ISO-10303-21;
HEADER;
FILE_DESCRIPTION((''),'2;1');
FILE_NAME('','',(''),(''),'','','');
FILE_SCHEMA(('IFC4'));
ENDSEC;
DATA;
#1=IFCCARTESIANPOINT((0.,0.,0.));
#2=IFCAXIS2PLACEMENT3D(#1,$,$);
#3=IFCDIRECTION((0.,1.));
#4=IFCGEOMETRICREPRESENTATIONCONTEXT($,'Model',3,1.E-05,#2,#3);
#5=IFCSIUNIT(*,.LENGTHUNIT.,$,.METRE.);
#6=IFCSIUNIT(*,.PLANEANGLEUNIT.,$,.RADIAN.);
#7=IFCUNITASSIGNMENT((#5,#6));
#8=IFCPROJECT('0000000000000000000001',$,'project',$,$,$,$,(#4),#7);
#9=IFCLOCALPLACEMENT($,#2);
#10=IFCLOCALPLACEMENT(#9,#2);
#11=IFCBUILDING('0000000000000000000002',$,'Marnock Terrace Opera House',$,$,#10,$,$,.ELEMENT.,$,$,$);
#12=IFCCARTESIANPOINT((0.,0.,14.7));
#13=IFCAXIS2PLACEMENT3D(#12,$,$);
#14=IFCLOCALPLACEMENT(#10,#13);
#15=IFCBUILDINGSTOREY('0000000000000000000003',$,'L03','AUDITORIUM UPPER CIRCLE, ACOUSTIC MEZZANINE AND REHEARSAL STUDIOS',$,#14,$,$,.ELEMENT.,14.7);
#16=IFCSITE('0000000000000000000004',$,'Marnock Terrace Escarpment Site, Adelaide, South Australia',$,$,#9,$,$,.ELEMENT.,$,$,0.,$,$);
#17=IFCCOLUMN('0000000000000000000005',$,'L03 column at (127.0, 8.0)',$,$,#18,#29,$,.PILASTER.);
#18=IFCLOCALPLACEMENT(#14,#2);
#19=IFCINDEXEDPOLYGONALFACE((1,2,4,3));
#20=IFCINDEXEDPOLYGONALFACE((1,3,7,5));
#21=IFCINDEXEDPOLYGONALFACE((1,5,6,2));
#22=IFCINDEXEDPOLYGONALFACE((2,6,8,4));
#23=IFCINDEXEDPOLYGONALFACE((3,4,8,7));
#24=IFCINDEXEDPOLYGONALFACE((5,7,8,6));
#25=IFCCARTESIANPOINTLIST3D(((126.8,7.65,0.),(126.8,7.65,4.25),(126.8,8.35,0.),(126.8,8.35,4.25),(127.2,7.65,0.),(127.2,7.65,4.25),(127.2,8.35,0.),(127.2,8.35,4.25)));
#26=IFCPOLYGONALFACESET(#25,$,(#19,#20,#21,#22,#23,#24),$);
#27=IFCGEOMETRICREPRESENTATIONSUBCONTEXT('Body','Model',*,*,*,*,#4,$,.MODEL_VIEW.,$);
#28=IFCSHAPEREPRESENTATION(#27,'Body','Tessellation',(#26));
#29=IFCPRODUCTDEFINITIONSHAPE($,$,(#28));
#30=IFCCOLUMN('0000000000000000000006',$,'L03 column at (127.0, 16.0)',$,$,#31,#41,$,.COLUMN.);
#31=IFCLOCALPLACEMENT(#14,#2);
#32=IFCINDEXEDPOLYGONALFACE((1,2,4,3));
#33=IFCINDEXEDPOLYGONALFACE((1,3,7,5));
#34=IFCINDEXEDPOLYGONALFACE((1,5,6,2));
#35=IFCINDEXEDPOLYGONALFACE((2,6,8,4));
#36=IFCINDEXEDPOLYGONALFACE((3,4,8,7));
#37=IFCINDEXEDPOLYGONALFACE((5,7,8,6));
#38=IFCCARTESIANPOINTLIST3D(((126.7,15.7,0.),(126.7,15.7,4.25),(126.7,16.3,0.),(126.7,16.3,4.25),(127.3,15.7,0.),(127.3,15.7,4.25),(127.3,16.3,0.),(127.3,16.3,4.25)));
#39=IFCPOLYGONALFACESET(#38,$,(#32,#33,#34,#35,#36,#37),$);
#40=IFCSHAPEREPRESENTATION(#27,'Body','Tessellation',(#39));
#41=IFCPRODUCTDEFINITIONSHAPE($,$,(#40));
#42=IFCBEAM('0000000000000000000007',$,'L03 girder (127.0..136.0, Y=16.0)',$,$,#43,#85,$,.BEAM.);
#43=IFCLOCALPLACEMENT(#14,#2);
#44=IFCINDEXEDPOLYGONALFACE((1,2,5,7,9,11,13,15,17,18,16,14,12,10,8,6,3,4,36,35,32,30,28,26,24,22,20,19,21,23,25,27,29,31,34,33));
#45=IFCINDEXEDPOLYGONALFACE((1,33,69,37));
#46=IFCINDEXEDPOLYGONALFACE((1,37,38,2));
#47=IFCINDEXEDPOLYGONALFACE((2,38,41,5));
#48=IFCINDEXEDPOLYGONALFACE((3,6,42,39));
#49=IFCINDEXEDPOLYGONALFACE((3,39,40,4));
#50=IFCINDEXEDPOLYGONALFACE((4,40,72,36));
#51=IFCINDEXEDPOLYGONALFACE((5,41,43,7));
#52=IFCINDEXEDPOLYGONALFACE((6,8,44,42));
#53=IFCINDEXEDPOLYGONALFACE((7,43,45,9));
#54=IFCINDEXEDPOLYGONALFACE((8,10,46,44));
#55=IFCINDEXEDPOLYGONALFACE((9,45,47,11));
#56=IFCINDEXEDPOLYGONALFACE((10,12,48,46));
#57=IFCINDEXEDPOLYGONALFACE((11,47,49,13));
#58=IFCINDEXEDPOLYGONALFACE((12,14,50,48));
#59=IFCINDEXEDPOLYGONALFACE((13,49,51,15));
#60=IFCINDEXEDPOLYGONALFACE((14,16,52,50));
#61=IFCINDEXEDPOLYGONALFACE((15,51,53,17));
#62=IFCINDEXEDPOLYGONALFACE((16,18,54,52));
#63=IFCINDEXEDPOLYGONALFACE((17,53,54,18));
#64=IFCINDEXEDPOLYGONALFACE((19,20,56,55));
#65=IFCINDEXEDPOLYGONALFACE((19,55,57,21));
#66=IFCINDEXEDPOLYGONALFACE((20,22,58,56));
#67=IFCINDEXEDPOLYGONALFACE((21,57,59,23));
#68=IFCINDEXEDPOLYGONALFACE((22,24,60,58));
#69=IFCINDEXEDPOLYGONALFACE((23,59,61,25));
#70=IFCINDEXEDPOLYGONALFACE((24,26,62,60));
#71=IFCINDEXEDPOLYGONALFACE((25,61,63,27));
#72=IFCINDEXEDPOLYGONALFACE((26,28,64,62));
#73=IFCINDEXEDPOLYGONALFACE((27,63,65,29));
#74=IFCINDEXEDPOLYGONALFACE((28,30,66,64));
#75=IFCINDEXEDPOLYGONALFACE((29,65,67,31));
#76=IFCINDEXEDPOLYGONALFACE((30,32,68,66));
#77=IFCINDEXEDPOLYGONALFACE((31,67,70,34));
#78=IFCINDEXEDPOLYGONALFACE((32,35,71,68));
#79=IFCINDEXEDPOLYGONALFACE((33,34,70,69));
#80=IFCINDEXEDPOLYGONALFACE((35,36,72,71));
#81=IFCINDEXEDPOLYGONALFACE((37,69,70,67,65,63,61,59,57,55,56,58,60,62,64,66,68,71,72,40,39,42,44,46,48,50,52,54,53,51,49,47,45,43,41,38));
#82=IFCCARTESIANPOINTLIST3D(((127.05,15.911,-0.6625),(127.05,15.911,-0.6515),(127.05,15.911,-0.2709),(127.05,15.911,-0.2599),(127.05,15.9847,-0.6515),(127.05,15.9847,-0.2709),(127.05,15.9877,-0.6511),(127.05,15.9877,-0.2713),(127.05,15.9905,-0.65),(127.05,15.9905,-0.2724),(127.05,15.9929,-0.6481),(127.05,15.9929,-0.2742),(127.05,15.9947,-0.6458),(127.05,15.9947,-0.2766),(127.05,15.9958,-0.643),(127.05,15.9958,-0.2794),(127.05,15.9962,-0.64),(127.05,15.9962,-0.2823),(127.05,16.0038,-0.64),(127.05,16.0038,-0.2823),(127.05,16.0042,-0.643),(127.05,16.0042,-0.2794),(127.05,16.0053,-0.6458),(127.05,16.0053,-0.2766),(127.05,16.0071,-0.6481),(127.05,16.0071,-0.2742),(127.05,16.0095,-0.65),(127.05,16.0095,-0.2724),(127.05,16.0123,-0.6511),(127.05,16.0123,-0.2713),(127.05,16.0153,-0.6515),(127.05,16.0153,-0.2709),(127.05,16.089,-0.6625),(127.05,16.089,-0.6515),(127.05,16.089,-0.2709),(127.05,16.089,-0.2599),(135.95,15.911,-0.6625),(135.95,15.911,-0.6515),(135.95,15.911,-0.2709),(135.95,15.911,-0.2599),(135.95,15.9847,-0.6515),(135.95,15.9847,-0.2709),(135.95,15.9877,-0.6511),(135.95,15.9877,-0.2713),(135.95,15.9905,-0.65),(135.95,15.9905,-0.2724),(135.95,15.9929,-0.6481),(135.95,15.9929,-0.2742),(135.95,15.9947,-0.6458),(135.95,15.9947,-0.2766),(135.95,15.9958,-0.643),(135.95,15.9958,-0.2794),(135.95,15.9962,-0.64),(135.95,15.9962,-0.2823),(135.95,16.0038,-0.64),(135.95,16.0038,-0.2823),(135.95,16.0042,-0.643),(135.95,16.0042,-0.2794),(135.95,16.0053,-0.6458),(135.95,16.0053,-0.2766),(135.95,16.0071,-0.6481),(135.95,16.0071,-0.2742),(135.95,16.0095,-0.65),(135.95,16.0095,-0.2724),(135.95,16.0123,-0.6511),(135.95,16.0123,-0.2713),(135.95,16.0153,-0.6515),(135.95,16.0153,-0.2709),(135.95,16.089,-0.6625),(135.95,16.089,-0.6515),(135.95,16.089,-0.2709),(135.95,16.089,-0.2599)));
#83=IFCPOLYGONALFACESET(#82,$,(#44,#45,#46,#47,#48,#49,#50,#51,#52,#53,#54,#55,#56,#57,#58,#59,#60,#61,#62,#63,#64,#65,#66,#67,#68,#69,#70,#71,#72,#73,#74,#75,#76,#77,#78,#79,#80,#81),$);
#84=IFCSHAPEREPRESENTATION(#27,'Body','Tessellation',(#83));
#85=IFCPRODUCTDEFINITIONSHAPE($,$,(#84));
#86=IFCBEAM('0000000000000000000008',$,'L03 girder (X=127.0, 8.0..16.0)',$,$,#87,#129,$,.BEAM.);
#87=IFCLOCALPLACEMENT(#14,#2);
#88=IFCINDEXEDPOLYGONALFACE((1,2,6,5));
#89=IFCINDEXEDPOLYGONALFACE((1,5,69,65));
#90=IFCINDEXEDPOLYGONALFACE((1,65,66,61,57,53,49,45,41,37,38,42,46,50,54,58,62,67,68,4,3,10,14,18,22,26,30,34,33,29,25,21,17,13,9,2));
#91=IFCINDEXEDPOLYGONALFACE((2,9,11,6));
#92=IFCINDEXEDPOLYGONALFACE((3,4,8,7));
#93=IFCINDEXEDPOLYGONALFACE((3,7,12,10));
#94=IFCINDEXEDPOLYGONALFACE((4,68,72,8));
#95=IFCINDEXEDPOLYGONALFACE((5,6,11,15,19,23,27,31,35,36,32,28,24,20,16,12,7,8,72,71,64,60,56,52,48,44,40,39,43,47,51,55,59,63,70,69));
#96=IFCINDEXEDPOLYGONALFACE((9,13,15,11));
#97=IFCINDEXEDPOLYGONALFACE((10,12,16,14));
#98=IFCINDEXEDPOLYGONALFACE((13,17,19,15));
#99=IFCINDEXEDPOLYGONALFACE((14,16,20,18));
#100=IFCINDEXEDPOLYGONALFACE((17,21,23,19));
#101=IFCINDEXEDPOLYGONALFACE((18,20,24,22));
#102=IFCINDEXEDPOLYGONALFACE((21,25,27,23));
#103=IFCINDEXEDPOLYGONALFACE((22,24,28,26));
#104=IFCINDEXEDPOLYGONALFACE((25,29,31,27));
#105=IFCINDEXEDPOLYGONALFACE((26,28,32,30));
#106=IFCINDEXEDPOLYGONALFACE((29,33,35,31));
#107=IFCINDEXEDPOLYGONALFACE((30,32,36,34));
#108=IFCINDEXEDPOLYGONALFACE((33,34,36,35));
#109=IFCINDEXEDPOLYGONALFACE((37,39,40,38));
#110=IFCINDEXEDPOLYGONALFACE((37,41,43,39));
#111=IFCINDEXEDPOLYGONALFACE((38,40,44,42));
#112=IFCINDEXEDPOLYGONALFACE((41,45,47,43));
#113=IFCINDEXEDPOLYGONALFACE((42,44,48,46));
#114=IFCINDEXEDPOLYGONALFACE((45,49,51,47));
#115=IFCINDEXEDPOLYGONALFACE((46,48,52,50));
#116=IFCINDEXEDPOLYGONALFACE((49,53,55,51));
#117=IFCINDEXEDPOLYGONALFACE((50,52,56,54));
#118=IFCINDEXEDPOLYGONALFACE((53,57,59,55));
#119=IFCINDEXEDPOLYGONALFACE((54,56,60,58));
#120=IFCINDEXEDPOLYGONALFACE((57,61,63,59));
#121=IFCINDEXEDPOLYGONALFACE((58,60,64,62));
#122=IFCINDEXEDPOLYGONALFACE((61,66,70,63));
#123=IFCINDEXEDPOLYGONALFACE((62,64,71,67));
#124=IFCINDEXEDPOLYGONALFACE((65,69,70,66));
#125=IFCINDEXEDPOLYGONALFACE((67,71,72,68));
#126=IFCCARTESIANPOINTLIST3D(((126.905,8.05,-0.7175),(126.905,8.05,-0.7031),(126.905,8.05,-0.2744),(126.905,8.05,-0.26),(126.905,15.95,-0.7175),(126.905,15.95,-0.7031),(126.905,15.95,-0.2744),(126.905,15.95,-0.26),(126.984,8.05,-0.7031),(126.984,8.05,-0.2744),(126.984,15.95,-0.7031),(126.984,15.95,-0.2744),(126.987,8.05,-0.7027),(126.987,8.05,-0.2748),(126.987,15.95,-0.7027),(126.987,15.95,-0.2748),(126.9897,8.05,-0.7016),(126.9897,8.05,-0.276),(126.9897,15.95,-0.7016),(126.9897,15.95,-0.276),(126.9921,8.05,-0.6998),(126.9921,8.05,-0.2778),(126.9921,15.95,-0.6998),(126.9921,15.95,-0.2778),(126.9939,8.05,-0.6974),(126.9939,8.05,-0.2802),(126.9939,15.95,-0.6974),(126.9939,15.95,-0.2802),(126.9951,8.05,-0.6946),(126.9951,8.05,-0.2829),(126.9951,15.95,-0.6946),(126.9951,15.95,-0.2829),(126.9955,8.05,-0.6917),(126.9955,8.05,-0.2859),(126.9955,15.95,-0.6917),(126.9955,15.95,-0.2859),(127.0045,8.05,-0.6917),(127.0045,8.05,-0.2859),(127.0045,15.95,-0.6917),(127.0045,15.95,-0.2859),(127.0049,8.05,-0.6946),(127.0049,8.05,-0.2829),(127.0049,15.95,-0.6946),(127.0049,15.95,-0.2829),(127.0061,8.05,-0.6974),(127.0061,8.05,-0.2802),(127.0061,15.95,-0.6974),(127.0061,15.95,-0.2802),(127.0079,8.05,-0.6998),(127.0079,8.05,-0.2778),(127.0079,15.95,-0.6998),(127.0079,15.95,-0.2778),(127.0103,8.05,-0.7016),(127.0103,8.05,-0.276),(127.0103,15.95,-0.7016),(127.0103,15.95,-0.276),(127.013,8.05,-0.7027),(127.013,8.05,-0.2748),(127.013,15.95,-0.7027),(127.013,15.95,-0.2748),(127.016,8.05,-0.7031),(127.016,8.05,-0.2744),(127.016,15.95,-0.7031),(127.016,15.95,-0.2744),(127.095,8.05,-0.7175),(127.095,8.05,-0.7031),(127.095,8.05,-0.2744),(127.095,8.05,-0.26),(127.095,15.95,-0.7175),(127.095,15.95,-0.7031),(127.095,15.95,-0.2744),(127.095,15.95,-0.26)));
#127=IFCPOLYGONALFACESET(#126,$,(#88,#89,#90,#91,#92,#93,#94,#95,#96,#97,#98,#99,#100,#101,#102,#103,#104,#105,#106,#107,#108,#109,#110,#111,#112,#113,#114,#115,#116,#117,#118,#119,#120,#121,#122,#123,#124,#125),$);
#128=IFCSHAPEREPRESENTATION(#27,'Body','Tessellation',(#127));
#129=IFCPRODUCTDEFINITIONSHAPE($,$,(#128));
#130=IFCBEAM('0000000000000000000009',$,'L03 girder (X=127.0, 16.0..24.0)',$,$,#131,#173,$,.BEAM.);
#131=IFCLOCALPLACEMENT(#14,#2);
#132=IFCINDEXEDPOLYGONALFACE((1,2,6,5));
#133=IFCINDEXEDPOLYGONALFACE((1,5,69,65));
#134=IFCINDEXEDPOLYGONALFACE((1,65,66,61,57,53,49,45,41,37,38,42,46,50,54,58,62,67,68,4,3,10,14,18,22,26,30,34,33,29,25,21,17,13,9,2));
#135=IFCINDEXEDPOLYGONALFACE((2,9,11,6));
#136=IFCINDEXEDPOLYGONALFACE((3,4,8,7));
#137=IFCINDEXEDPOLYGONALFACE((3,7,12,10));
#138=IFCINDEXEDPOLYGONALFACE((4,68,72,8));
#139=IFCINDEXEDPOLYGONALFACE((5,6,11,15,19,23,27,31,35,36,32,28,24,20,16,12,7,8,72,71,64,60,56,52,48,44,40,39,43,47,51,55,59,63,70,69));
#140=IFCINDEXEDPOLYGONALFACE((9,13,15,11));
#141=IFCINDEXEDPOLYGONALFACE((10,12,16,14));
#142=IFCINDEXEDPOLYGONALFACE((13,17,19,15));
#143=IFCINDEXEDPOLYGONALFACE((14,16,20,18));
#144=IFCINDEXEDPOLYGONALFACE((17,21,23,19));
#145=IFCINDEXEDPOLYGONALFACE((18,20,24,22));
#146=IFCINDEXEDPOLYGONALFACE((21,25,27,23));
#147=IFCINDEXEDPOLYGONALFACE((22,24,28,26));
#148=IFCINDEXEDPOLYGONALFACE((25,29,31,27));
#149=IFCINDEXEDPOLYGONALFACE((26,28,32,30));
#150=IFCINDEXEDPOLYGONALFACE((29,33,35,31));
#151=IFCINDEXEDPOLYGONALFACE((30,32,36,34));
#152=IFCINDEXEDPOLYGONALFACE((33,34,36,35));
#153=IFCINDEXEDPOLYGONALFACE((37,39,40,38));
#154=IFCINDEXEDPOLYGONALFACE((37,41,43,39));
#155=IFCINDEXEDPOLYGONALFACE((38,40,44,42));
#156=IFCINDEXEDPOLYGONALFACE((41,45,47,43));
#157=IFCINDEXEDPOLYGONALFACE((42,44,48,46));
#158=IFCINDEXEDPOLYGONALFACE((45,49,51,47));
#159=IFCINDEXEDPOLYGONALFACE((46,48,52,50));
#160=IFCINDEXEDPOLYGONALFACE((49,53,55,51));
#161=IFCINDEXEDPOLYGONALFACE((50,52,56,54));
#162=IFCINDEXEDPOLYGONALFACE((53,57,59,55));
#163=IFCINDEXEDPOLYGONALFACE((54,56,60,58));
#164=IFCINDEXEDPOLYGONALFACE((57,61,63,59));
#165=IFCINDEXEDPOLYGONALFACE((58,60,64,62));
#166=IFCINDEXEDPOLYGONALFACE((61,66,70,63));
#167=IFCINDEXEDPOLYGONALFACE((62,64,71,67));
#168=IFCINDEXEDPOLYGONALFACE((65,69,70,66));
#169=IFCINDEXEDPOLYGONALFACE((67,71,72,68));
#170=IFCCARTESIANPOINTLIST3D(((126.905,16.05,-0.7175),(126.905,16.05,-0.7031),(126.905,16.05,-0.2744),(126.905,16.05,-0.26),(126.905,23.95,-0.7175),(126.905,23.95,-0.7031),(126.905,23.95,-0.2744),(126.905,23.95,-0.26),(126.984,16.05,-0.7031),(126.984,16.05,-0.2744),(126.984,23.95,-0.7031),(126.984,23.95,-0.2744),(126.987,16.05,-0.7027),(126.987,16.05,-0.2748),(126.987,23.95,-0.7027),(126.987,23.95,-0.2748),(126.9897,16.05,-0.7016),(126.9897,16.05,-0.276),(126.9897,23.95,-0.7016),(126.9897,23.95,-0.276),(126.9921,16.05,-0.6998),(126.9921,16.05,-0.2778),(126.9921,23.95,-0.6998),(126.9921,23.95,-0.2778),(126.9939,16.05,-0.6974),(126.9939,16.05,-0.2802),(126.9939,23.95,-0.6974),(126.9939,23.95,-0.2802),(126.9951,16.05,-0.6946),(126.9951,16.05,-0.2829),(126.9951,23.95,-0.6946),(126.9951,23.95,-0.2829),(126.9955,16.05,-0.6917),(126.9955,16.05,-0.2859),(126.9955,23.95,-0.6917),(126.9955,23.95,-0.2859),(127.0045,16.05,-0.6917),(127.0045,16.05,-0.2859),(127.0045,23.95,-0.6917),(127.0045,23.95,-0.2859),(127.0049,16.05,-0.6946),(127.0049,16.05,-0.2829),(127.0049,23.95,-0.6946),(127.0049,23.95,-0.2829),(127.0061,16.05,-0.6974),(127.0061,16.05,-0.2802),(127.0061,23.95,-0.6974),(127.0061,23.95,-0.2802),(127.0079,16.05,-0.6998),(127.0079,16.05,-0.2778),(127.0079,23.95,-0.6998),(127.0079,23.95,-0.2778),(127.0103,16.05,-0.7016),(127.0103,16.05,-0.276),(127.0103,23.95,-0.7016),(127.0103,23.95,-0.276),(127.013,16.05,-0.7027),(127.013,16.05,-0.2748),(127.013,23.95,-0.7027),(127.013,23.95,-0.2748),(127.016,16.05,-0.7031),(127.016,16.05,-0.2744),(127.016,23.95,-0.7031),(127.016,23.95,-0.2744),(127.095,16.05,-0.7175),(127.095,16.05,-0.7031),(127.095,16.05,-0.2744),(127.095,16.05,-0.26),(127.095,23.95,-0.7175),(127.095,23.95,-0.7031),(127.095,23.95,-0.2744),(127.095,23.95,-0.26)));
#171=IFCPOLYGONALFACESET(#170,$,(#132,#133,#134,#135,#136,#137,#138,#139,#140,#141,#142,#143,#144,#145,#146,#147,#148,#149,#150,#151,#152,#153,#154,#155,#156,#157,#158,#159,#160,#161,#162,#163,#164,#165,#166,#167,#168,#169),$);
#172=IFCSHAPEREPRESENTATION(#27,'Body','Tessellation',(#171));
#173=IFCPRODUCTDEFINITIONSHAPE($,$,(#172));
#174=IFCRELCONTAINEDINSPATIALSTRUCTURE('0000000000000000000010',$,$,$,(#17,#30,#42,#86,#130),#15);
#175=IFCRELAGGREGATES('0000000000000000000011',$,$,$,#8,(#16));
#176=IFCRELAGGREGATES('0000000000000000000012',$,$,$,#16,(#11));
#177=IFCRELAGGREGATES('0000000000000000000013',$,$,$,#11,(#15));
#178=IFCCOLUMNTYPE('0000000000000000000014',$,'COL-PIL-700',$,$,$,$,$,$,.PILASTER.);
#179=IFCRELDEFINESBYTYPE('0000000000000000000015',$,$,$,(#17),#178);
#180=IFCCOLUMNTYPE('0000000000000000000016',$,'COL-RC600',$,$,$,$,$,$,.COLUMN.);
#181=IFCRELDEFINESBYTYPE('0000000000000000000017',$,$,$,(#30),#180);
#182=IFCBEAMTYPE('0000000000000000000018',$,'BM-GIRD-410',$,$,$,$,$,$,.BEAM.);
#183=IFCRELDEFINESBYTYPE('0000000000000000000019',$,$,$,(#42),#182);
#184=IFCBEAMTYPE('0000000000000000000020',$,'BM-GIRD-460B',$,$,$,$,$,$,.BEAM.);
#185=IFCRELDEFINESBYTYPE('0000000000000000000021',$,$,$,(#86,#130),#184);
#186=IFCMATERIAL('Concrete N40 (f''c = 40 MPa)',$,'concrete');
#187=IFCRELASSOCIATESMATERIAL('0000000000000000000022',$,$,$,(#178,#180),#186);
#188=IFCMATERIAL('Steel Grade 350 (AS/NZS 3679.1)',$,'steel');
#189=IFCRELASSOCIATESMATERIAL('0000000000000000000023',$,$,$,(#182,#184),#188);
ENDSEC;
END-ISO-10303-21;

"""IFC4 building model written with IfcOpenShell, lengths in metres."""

from ifc_helpers import new_model, si_unit, direction, frame, origin, origin_2d, place, context, subcontext, project, spatial, rectangle, i_section, extrude, material, material_profile, profile_set, type_object, element, save


model = new_model("IFC4")

# Units and contexts
model_context = context("Model", 3, precision=1e-05, world=origin(), true_north=direction((0.0, 1.0)))
body_context = subcontext(model_context, "Body", "Model", "MODEL_VIEW")
ifc_project = project(units=[si_unit("LENGTHUNIT", "METRE"), si_unit("PLANEANGLEUNIT", "RADIAN")], contexts=[model_context])

# Site, building, storey
site_placement = place(None, origin())
site = spatial("IfcSite", under=ifc_project, at=site_placement, Name="Marnock Terrace Escarpment Site, Adelaide, South Australia", CompositionType="ELEMENT", RefElevation=0.0)
building_placement = place(site_placement, origin())
building = spatial("IfcBuilding", under=site, at=building_placement, Name="Marnock Terrace Opera House", CompositionType="ELEMENT")
storey_placement = place(building_placement, frame((0.0, 0.0, 14.7)))
storey = spatial("IfcBuildingStorey", under=building, at=storey_placement, Name="L03", Description="AUDITORIUM UPPER CIRCLE, ACOUSTIC MEZZANINE AND REHEARSAL STUDIOS", CompositionType="ELEMENT", Elevation=14.7)

# Columns
ifc_material_1 = material(Name="Concrete N40 (f'c = 40 MPa)", Category="concrete")
ifc_material_profile_1 = material_profile(ifc_material_1, rectangle(XDim=0.3999, YDim=0.7, at=origin_2d()))
ifc_profile_set_1 = profile_set([ifc_material_profile_1], Name="Concrete N40 (f'c = 40 MPa)")
column_type_1 = type_object("IfcColumnType", Name="COL-PIL-700", PredefinedType="PILASTER", material=ifc_profile_set_1)
column_1_placement = place(storey_placement, frame((127.0, 8.0, 0.0), z_axis=(0.0, 0.0, 1.0), x_axis=(1.0, 0.0, 0.0)))
element("IfcColumn", 1, at=column_1_placement, inside=storey, type_object=column_type_1, Name="L03 column at (127.0, 8.0)", PredefinedType="PILASTER", context=body_context, shape_type="SweptSolid", body=[
    extrude(rectangle(XDim=0.3999, YDim=0.7, at=origin_2d()), origin(), (0.0, 0.0, 1.0), 4.25),
])
ifc_material_profile_2 = material_profile(ifc_material_1, rectangle(XDim=0.6001, YDim=0.6001, at=origin_2d()))
ifc_profile_set_2 = profile_set([ifc_material_profile_2], Name="Concrete N40 (f'c = 40 MPa)")
column_type_2 = type_object("IfcColumnType", Name="COL-RC600", PredefinedType="COLUMN", material=ifc_profile_set_2)
column_2_placement = place(storey_placement, frame((127.0, 16.0, 0.0), z_axis=(0.0, 0.0, 1.0), x_axis=(1.0, 0.0, 0.0)))
element("IfcColumn", 2, at=column_2_placement, inside=storey, type_object=column_type_2, Name="L03 column at (127.0, 16.0)", PredefinedType="COLUMN", context=body_context, shape_type="SweptSolid", body=[
    extrude(rectangle(XDim=0.6001, YDim=0.6001, at=origin_2d()), origin(), (0.0, 0.0, 1.0), 4.25),
])

# Beams
ifc_material_2 = material(Name="Steel Grade 350 (AS/NZS 3679.1)", Category="steel")
ifc_material_profile_3 = material_profile(ifc_material_2, i_section(OverallWidth=0.178, OverallDepth=0.4026, WebThickness=0.0076, FlangeThickness=0.011, FilletRadius=0.0115, at=origin_2d()))
ifc_profile_set_3 = profile_set([ifc_material_profile_3], Name="Steel Grade 350 (AS/NZS 3679.1)")
beam_type_1 = type_object("IfcBeamType", Name="BM-GIRD-410", PredefinedType="BEAM", material=ifc_profile_set_3)
beam_1_placement = place(storey_placement, frame((127.05, 16.0, -0.4612), z_axis=(1.0, 0.0, 0.0), x_axis=(0.0, 1.0, 0.0)))
element("IfcBeam", 3, at=beam_1_placement, inside=storey, type_object=beam_type_1, Name="L03 girder (127.0..136.0, Y=16.0)", PredefinedType="BEAM", context=body_context, shape_type="SweptSolid", body=[
    extrude(i_section(OverallWidth=0.178, OverallDepth=0.4026, WebThickness=0.0076, FlangeThickness=0.011, FilletRadius=0.0115, at=origin_2d()), origin(), (0.0, 0.0, 1.0), 8.8999),
])
ifc_material_profile_4 = material_profile(ifc_material_2, i_section(OverallWidth=0.1899, OverallDepth=0.4575, WebThickness=0.009, FlangeThickness=0.0144, FilletRadius=0.0115, at=origin_2d()))
ifc_profile_set_4 = profile_set([ifc_material_profile_4], Name="Steel Grade 350 (AS/NZS 3679.1)")
beam_type_2 = type_object("IfcBeamType", Name="BM-GIRD-460B", PredefinedType="BEAM", material=ifc_profile_set_4)
for number, where, z_axis, x_axis, name in (
    (4, (127.0, 8.05, -0.4888), (0.0, 1.0, 0.0), (-1.0, 0.0, 0.0), "L03 girder (X=127.0, 8.0..16.0)"),
    (5, (127.0, 16.05, -0.4888), (0.0, 1.0, 0.0), (-1.0, 0.0, 0.0), "L03 girder (X=127.0, 16.0..24.0)"),
):
    element("IfcBeam", number, at=place(storey_placement, frame(where, z_axis=z_axis, x_axis=x_axis)), inside=storey, type_object=beam_type_2, Name=name, PredefinedType="BEAM", context=body_context, shape_type="SweptSolid", body=[
        extrude(i_section(OverallWidth=0.1899, OverallDepth=0.4575, WebThickness=0.009, FlangeThickness=0.0144, FilletRadius=0.0115, at=origin_2d()), origin(), (0.0, 0.0, 1.0), 7.8999),
    ])

save(model, "model.ifc")
